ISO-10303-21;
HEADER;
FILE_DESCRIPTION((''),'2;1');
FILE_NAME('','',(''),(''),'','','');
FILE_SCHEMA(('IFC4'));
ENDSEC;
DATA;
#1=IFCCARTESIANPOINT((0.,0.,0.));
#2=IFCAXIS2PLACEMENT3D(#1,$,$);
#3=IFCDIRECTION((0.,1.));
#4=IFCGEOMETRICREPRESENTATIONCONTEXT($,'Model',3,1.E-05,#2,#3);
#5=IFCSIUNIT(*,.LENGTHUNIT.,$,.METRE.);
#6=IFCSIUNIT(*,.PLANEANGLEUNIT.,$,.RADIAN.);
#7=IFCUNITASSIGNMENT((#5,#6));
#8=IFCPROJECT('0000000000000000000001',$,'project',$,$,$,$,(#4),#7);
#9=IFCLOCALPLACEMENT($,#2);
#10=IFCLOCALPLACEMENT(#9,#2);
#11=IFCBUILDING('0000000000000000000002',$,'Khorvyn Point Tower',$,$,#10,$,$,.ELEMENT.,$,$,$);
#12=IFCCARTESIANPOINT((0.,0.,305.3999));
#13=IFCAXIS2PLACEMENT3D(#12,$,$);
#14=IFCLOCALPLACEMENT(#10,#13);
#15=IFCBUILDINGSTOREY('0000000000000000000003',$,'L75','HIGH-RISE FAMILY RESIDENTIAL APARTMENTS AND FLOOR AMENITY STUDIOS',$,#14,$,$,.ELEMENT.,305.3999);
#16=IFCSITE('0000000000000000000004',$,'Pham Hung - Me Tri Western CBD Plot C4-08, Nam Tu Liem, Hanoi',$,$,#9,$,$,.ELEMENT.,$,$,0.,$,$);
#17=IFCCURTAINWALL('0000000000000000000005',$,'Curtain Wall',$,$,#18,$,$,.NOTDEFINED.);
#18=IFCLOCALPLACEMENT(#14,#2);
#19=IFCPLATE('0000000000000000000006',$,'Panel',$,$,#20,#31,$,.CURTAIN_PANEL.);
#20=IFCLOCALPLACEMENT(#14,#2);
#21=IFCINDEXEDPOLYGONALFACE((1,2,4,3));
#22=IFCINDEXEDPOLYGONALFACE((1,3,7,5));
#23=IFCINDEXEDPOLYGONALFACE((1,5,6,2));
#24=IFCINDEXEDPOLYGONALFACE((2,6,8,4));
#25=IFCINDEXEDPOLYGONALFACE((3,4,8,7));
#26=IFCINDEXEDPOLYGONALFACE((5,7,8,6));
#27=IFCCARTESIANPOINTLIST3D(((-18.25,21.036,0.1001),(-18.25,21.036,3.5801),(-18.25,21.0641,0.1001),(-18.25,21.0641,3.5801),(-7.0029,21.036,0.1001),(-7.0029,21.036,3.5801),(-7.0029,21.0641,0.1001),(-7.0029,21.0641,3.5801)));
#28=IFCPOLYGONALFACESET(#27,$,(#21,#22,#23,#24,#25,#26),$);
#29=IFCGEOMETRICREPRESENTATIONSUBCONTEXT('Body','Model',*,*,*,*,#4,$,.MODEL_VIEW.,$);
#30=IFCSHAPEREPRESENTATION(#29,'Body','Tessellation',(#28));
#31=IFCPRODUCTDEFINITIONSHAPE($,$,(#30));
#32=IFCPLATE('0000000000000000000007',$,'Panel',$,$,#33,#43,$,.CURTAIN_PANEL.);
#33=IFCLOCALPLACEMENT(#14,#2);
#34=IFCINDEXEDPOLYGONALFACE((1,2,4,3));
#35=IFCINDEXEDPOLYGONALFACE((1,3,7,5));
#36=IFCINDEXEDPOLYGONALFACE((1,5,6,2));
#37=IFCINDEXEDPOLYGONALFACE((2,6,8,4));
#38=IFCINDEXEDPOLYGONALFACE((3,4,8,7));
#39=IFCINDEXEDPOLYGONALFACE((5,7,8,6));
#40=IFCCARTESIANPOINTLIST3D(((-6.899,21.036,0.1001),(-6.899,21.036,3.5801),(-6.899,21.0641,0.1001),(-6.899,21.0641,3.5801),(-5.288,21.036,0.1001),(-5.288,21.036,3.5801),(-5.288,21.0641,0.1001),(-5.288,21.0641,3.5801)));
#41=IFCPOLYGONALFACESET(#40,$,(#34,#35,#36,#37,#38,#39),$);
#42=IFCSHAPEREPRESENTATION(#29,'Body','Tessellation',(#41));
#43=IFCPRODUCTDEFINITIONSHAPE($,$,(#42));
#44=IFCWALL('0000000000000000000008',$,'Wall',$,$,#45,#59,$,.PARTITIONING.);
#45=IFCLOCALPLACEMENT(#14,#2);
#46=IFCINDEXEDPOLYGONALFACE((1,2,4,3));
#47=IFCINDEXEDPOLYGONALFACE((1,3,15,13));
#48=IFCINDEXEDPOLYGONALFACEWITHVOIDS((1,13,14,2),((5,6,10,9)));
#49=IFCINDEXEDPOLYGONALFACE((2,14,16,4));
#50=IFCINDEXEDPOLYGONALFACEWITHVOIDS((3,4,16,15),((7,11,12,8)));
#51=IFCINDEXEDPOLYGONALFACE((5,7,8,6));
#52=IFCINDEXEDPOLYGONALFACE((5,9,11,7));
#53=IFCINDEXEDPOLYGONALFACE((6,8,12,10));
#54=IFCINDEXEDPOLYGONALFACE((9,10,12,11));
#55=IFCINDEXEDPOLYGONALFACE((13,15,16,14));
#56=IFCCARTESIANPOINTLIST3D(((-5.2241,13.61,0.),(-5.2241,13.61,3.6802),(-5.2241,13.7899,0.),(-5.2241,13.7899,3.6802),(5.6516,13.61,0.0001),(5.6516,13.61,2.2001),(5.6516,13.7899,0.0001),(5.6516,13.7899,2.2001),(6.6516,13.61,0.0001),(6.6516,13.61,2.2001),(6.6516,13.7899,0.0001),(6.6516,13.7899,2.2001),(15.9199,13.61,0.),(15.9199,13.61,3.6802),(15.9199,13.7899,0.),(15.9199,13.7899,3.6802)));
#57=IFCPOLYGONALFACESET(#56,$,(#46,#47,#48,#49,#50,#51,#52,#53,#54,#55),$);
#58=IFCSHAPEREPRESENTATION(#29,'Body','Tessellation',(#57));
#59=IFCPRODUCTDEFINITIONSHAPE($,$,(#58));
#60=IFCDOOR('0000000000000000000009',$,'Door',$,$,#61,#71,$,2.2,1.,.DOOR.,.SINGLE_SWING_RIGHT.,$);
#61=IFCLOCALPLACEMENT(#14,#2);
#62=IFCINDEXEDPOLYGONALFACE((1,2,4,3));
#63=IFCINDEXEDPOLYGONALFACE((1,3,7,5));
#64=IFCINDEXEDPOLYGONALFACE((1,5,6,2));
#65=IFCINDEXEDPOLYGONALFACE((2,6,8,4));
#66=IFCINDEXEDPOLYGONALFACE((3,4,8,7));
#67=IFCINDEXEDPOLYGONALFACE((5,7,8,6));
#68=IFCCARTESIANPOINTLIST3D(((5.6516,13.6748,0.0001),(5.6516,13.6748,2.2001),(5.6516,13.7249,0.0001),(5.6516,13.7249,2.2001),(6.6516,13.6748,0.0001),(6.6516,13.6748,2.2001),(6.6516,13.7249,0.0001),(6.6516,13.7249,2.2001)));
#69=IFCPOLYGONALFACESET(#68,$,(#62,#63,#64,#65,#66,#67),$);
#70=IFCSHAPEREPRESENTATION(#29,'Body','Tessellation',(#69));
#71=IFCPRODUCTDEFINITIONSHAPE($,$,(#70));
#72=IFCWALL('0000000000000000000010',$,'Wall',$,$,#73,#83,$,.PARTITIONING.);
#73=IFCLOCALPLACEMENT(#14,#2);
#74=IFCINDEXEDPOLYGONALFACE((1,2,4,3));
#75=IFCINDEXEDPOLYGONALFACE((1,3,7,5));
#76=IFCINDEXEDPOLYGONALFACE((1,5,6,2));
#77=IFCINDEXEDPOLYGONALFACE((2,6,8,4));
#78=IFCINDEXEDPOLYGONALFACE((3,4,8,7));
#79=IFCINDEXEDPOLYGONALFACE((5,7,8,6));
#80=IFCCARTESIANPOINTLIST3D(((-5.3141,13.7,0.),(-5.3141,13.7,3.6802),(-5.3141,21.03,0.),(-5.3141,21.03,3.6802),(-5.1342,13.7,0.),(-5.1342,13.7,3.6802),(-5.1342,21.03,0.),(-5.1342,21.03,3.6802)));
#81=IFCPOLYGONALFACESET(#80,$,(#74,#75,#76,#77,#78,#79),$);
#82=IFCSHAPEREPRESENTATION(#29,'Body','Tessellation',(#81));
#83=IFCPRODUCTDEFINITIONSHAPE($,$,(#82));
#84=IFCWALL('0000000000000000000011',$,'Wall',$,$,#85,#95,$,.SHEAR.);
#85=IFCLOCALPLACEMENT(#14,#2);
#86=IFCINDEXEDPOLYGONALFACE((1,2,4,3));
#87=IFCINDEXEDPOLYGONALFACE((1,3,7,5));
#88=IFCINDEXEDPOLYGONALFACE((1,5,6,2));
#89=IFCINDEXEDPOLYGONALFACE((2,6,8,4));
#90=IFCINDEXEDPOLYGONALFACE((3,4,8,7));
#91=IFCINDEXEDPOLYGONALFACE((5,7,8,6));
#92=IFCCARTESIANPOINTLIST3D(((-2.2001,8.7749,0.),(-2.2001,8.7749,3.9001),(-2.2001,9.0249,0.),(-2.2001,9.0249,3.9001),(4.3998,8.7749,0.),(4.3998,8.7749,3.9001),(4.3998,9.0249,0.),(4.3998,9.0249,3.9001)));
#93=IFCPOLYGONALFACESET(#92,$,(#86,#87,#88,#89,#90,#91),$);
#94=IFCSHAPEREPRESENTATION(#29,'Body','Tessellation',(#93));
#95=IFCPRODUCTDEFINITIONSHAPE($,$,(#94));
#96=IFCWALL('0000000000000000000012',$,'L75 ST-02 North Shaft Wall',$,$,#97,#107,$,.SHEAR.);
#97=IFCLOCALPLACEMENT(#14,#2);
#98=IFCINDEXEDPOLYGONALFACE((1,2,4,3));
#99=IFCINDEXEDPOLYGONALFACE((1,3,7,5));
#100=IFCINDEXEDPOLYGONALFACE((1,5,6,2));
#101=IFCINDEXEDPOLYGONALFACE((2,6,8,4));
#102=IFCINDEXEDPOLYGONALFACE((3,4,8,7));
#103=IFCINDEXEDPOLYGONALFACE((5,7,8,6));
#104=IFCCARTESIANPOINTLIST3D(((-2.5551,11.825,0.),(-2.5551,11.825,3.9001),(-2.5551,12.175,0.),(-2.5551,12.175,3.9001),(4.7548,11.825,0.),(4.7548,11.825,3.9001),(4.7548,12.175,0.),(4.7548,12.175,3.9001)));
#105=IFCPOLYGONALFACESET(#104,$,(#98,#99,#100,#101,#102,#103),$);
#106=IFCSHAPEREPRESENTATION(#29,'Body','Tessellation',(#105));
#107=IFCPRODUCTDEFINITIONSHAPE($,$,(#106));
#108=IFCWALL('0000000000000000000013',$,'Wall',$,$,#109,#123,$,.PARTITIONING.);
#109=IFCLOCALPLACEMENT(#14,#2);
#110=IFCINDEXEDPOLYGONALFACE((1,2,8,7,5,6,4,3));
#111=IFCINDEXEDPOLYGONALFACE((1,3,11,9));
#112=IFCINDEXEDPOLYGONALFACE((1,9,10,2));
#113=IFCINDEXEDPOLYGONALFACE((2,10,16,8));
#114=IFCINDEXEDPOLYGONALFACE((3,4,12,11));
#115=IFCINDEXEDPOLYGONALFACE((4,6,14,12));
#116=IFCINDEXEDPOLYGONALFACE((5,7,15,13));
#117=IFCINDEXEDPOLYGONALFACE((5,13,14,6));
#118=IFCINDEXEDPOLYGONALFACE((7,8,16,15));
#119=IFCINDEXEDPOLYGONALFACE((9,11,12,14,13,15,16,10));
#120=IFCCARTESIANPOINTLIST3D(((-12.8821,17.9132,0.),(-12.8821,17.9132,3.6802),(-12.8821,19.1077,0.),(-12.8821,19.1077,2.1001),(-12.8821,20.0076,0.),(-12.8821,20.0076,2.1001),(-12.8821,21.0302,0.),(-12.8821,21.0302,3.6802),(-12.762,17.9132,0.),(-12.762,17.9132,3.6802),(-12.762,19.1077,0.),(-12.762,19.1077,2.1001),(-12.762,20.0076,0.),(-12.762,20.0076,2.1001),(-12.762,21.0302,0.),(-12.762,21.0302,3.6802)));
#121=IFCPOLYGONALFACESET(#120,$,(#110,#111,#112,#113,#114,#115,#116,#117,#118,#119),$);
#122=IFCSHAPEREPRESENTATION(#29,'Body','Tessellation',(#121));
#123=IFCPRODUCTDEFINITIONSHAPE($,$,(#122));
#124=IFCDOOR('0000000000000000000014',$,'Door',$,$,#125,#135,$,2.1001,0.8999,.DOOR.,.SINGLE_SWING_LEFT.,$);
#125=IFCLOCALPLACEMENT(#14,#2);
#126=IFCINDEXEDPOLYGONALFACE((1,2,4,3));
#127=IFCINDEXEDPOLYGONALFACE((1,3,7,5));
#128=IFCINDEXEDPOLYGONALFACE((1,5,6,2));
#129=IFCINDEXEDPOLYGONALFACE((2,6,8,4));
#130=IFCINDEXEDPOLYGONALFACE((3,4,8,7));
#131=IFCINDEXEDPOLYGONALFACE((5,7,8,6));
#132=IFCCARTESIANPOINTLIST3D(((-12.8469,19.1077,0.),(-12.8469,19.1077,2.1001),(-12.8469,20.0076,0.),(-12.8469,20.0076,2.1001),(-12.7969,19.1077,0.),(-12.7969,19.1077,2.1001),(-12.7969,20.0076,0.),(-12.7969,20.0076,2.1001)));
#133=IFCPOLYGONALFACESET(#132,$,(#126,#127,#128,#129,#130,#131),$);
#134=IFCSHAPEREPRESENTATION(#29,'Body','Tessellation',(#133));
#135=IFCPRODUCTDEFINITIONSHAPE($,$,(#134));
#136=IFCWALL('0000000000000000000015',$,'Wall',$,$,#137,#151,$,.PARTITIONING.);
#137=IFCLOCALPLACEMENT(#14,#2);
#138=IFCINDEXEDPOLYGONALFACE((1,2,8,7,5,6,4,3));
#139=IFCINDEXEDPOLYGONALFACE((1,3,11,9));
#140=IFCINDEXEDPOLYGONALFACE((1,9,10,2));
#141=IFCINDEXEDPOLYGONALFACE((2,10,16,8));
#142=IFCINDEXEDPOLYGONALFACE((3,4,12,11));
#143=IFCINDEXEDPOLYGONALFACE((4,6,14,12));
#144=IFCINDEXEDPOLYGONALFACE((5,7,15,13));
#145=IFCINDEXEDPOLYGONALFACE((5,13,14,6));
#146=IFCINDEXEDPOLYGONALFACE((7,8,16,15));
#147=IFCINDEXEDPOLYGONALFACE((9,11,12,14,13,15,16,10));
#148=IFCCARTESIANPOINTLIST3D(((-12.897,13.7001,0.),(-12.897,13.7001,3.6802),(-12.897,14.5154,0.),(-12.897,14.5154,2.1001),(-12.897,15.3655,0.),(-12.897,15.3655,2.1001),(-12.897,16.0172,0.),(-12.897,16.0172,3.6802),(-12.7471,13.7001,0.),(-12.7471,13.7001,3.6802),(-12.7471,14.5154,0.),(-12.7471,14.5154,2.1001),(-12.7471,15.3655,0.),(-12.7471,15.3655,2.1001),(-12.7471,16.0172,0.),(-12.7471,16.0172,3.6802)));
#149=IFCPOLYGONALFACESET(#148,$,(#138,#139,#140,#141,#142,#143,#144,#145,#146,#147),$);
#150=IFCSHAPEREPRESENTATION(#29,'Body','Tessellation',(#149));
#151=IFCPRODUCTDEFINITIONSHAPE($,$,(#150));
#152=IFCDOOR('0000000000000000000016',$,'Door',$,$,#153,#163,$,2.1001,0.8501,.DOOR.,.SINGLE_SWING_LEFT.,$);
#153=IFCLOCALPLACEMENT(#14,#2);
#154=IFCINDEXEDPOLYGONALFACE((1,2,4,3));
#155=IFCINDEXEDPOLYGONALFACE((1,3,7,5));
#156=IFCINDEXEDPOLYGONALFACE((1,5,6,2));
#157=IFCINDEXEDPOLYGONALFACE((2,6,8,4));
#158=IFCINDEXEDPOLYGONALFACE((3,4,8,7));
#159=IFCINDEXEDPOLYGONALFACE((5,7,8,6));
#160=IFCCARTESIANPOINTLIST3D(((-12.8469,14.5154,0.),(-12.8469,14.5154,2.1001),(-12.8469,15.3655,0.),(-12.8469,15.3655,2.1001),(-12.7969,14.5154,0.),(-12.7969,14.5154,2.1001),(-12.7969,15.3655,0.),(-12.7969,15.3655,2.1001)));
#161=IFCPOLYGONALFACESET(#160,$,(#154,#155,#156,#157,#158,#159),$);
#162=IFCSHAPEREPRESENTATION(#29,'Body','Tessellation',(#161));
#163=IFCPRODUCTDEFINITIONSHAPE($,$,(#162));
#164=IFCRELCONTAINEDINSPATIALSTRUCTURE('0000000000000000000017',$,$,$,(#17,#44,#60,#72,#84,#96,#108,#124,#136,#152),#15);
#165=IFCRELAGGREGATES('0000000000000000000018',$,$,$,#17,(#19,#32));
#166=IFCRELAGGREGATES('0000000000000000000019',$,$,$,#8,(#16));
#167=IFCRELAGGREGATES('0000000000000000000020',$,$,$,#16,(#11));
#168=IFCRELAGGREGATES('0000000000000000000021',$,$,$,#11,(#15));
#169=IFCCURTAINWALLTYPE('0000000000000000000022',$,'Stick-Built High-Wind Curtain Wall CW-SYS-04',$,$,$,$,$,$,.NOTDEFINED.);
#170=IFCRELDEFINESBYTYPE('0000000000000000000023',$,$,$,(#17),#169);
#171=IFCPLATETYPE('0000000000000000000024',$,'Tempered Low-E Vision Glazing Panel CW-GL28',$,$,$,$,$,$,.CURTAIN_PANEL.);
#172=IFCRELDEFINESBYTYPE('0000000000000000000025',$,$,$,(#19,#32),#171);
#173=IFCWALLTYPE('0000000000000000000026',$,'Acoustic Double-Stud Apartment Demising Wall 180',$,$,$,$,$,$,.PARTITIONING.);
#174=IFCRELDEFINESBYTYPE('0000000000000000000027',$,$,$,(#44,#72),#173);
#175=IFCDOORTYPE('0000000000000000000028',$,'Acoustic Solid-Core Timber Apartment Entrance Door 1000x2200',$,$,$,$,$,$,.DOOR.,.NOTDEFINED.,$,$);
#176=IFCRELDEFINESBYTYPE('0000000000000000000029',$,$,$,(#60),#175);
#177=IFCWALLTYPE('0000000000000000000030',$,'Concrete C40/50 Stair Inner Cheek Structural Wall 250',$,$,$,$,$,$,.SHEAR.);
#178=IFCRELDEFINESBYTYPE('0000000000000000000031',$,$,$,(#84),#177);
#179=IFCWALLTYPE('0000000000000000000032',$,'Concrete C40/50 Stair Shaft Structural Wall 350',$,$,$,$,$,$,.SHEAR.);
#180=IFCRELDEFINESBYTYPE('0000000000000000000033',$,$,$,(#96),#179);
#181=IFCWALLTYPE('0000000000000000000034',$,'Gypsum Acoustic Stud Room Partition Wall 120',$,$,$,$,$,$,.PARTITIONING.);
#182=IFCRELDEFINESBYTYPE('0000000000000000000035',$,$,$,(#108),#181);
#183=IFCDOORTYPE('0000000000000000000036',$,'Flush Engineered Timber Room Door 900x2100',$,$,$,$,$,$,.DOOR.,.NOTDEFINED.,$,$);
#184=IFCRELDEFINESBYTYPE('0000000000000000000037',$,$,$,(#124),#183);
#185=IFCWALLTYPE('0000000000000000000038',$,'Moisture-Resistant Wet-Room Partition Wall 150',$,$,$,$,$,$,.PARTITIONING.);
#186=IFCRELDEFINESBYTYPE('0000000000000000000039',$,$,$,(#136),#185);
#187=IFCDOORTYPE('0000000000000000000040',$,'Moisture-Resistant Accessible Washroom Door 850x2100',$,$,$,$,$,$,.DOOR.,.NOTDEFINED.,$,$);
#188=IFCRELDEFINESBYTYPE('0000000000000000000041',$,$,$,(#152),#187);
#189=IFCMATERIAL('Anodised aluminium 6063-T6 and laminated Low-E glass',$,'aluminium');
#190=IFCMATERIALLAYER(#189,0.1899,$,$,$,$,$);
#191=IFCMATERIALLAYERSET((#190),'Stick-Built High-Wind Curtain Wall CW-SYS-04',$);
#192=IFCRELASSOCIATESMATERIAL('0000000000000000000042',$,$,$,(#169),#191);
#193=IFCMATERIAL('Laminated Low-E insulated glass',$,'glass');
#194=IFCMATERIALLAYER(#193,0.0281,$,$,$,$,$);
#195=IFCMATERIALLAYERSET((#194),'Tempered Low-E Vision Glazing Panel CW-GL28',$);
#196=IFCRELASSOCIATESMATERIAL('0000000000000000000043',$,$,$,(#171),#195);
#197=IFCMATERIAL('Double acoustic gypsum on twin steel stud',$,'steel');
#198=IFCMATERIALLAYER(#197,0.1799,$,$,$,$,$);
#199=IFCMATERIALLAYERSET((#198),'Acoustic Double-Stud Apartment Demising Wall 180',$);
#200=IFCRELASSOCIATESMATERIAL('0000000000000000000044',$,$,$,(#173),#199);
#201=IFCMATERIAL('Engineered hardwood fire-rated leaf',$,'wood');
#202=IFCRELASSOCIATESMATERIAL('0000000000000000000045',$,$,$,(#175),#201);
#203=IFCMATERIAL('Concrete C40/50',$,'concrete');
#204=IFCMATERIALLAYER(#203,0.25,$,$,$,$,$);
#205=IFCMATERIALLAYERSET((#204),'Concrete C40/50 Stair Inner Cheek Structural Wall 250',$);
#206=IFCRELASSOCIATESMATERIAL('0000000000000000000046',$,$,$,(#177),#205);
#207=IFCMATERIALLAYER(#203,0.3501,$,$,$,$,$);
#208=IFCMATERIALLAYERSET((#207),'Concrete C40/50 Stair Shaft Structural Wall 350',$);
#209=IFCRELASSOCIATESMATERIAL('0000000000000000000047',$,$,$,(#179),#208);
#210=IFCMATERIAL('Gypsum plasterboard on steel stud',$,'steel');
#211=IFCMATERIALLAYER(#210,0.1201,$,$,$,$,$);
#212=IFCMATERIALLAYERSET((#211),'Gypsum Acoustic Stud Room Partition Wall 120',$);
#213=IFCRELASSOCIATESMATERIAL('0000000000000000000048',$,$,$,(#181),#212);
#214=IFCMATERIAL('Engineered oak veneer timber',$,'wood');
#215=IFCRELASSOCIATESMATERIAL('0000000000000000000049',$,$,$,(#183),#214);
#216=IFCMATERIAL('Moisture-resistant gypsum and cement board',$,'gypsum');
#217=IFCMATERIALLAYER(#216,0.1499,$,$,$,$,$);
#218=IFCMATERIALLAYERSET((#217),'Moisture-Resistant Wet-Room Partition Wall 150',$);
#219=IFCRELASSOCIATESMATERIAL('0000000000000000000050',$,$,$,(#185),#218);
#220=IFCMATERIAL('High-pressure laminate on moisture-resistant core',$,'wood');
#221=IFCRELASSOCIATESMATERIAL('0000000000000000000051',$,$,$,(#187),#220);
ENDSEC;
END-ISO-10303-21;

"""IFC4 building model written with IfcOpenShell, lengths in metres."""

from ifc_helpers import new_model, si_unit, direction, frame, frame_2d, origin, origin_2d, place, context, subcontext, project, spatial, rectangle, extrude, material, layer, layer_set, type_object, element, fill, aggregate, save


model = new_model("IFC4")

# Units and contexts
model_context = context("Model", 3, precision=1e-05, world=origin(), true_north=direction((0.0, 1.0)))
body_context = subcontext(model_context, "Body", "Model", "MODEL_VIEW")
ifc_project = project(units=[si_unit("LENGTHUNIT", "METRE"), si_unit("PLANEANGLEUNIT", "RADIAN")], contexts=[model_context])

# Site, building, storey
site_placement = place(None, origin())
site = spatial("IfcSite", under=ifc_project, at=site_placement, Name="Pham Hung - Me Tri Western CBD Plot C4-08, Nam Tu Liem, Hanoi", CompositionType="ELEMENT", RefElevation=0.0)
building_placement = place(site_placement, origin())
building = spatial("IfcBuilding", under=site, at=building_placement, Name="Khorvyn Point Tower", CompositionType="ELEMENT")
storey_placement = place(building_placement, frame((0.0, 0.0, 305.3999)))
storey = spatial("IfcBuildingStorey", under=building, at=storey_placement, Name="L75", Description="HIGH-RISE FAMILY RESIDENTIAL APARTMENTS AND FLOOR AMENITY STUDIOS", CompositionType="ELEMENT", Elevation=305.3999)

# Shared definitions
ifc_material_1 = material(Name="Concrete C40/50", Category="concrete")

# Curtain wall
ifc_material_2 = material(Name="Anodised aluminium 6063-T6 and laminated Low-E glass", Category="aluminium")
ifc_layer_1 = layer(ifc_material_2, 0.1899)
ifc_layer_set_1 = layer_set([ifc_layer_1], Name="Stick-Built High-Wind Curtain Wall CW-SYS-04")
curtain_wall_type = type_object("IfcCurtainWallType", Name="Stick-Built High-Wind Curtain Wall CW-SYS-04", PredefinedType="NOTDEFINED", material=ifc_layer_set_1)
curtain_wall_placement = place(storey_placement, origin())
curtain_wall = element("IfcCurtainWall", 1, at=curtain_wall_placement, inside=storey, type_object=curtain_wall_type, Name="Curtain Wall", PredefinedType="NOTDEFINED")

# Plates
ifc_material_3 = material(Name="Laminated Low-E insulated glass", Category="glass")
ifc_layer_2 = layer(ifc_material_3, 0.0281)
ifc_layer_set_2 = layer_set([ifc_layer_2], Name="Tempered Low-E Vision Glazing Panel CW-GL28")
plate_type = type_object("IfcPlateType", Name="Tempered Low-E Vision Glazing Panel CW-GL28", PredefinedType="CURTAIN_PANEL", material=ifc_layer_set_2)
plate_1_placement = place(storey_placement, frame((-12.6265, 21.05, 0.1001), z_axis=(0.0, 0.0, 1.0), x_axis=(1.0, 0.0, 0.0)))
plate_1 = element("IfcPlate", 2, at=plate_1_placement, type_object=plate_type, Name="Panel", PredefinedType="CURTAIN_PANEL", context=body_context, shape_type="SweptSolid", body=[
    extrude(rectangle(XDim=11.2471, YDim=0.0281, at=origin_2d()), origin(), (0.0, 0.0, 1.0), 3.48),
])
plate_2_placement = place(storey_placement, frame((-6.0935, 21.05, 0.1001), z_axis=(0.0, 0.0, 1.0), x_axis=(1.0, 0.0, 0.0)))
plate_2 = element("IfcPlate", 3, at=plate_2_placement, type_object=plate_type, Name="Panel", PredefinedType="CURTAIN_PANEL", context=body_context, shape_type="SweptSolid", body=[
    extrude(rectangle(XDim=1.6111, YDim=0.0281, at=origin_2d()), origin(), (0.0, 0.0, 1.0), 3.48),
])
aggregate(curtain_wall, [plate_1, plate_2])

# Wall, opening, door
ifc_material_4 = material(Name="Double acoustic gypsum on twin steel stud", Category="steel")
ifc_layer_3 = layer(ifc_material_4, 0.1799)
ifc_layer_set_3 = layer_set([ifc_layer_3], Name="Acoustic Double-Stud Apartment Demising Wall 180")
wall_type_1 = type_object("IfcWallType", Name="Acoustic Double-Stud Apartment Demising Wall 180", PredefinedType="PARTITIONING", material=ifc_layer_set_3)
wall_1_placement = place(storey_placement, frame((-5.2241, 13.7, 0.0), z_axis=(0.0, 0.0, 1.0), x_axis=(1.0, 0.0, 0.0)))
wall_1 = element("IfcWall", 4, at=wall_1_placement, inside=storey, type_object=wall_type_1, Name="Wall", PredefinedType="PARTITIONING", context=body_context, shape_type="SweptSolid", body=[
    extrude(rectangle(XDim=21.144, YDim=0.1799, at=frame_2d((10.572, 0.0))), origin(), (0.0, 0.0, 1.0), 3.6802),
])
opening_1_placement = place(wall_1_placement, frame((10.8757, 0.0, 0.0)))
opening_1 = element("IfcOpeningElement", 5, at=opening_1_placement, cuts=wall_1, PredefinedType="OPENING", context=body_context, shape_type="SweptSolid", body=[
    extrude(rectangle(XDim=1.0, YDim=2.2, at=frame_2d((0.5, 1.1001))), frame((0.0, 0.0999, 0.0), z_axis=(0.0, -1.0, 0.0), x_axis=(1.0, 0.0, 0.0)), (0.0, 0.0, 1.0), 0.2),
])
ifc_material_5 = material(Name="Engineered hardwood fire-rated leaf", Category="wood")
door_type_1 = type_object("IfcDoorType", Name="Acoustic Solid-Core Timber Apartment Entrance Door 1000x2200", OperationType="NOTDEFINED", PredefinedType="DOOR", material=ifc_material_5)
door_1_placement = place(opening_1_placement, origin())
door_1 = element("IfcDoor", 6, at=door_1_placement, inside=storey, type_object=door_type_1, Name="Door", OperationType="SINGLE_SWING_RIGHT", OverallHeight=2.2, OverallWidth=1.0, PredefinedType="DOOR", context=body_context, shape_type="SweptSolid", body=[
    extrude(rectangle(XDim=1.0, YDim=2.2, at=frame_2d((0.5, 1.1001))), frame((0.0, 0.0249, 0.0), z_axis=(0.0, -1.0, 0.0), x_axis=(1.0, 0.0, 0.0)), (0.0, 0.0, 1.0), 0.05),
])
fill(opening_1, door_1)

# Walls
wall_2_placement = place(storey_placement, frame((-5.2241, 13.7, 0.0), z_axis=(0.0, 0.0, 1.0), x_axis=(0.0, 1.0, 0.0)))
element("IfcWall", 7, at=wall_2_placement, inside=storey, type_object=wall_type_1, Name="Wall", PredefinedType="PARTITIONING", context=body_context, shape_type="SweptSolid", body=[
    extrude(rectangle(XDim=7.3301, YDim=0.1799, at=frame_2d((3.665, 0.0))), origin(), (0.0, 0.0, 1.0), 3.6802),
])
ifc_layer_4 = layer(ifc_material_1, 0.25)
ifc_layer_set_4 = layer_set([ifc_layer_4], Name="Concrete C40/50 Stair Inner Cheek Structural Wall 250")
wall_type_2 = type_object("IfcWallType", Name="Concrete C40/50 Stair Inner Cheek Structural Wall 250", PredefinedType="SHEAR", material=ifc_layer_set_4)
wall_3_placement = place(storey_placement, frame((-2.2, 8.8999, 0.0), z_axis=(0.0, 0.0, 1.0), x_axis=(1.0, 0.0, 0.0)))
element("IfcWall", 8, at=wall_3_placement, inside=storey, type_object=wall_type_2, Name="Wall", PredefinedType="SHEAR", context=body_context, shape_type="SweptSolid", body=[
    extrude(rectangle(XDim=6.5999, YDim=0.25, at=frame_2d((3.2998, 0.0))), origin(), (0.0, 0.0, 1.0), 3.9001),
])
ifc_layer_5 = layer(ifc_material_1, 0.3501)
ifc_layer_set_5 = layer_set([ifc_layer_5], Name="Concrete C40/50 Stair Shaft Structural Wall 350")
wall_type_3 = type_object("IfcWallType", Name="Concrete C40/50 Stair Shaft Structural Wall 350", PredefinedType="SHEAR", material=ifc_layer_set_5)
wall_4_placement = place(storey_placement, frame((-2.5549, 12.0, 0.0), z_axis=(0.0, 0.0, 1.0), x_axis=(1.0, 0.0, 0.0)))
element("IfcWall", 9, at=wall_4_placement, inside=storey, type_object=wall_type_3, Name="L75 ST-02 North Shaft Wall", PredefinedType="SHEAR", context=body_context, shape_type="SweptSolid", body=[
    extrude(rectangle(XDim=7.3098, YDim=0.3501, at=frame_2d((3.6548, 0.0))), origin(), (0.0, 0.0, 1.0), 3.9001),
])

# Walls, openings, doors
ifc_material_6 = material(Name="Gypsum plasterboard on steel stud", Category="steel")
ifc_layer_6 = layer(ifc_material_6, 0.1201)
ifc_layer_set_6 = layer_set([ifc_layer_6], Name="Gypsum Acoustic Stud Room Partition Wall 120")
wall_type_4 = type_object("IfcWallType", Name="Gypsum Acoustic Stud Room Partition Wall 120", PredefinedType="PARTITIONING", material=ifc_layer_set_6)
wall_5_placement = place(storey_placement, frame((-12.822, 17.9131, 0.0), z_axis=(0.0, 0.0, 1.0), x_axis=(0.0, 1.0, 0.0)))
wall_5 = element("IfcWall", 10, at=wall_5_placement, inside=storey, type_object=wall_type_4, Name="Wall", PredefinedType="PARTITIONING", context=body_context, shape_type="SweptSolid", body=[
    extrude(rectangle(XDim=3.1169, YDim=0.1201, at=frame_2d((1.5586, 0.0))), origin(), (0.0, 0.0, 1.0), 3.6802),
])
opening_2_placement = place(wall_5_placement, frame((1.1946, 0.0, 0.0)))
opening_2 = element("IfcOpeningElement", 11, at=opening_2_placement, cuts=wall_5, PredefinedType="OPENING", context=body_context, shape_type="SweptSolid", body=[
    extrude(rectangle(XDim=0.8999, YDim=2.1001, at=frame_2d((0.45, 1.05))), frame((0.0, 0.0701, 0.0), z_axis=(0.0, -1.0, 0.0), x_axis=(1.0, 0.0, 0.0)), (0.0, 0.0, 1.0), 0.1401),
])
ifc_material_7 = material(Name="Engineered oak veneer timber", Category="wood")
door_type_2 = type_object("IfcDoorType", Name="Flush Engineered Timber Room Door 900x2100", OperationType="NOTDEFINED", PredefinedType="DOOR", material=ifc_material_7)
door_2_placement = place(opening_2_placement, origin())
door_2 = element("IfcDoor", 12, at=door_2_placement, inside=storey, type_object=door_type_2, Name="Door", OperationType="SINGLE_SWING_LEFT", OverallHeight=2.1001, OverallWidth=0.8999, PredefinedType="DOOR", context=body_context, shape_type="SweptSolid", body=[
    extrude(rectangle(XDim=0.8999, YDim=2.1001, at=frame_2d((0.45, 1.05))), frame((0.0, 0.0249, 0.0), z_axis=(0.0, -1.0, 0.0), x_axis=(1.0, 0.0, 0.0)), (0.0, 0.0, 1.0), 0.05),
])
fill(opening_2, door_2)
ifc_material_8 = material(Name="Moisture-resistant gypsum and cement board", Category="gypsum")
ifc_layer_7 = layer(ifc_material_8, 0.1499)
ifc_layer_set_7 = layer_set([ifc_layer_7], Name="Moisture-Resistant Wet-Room Partition Wall 150")
wall_type_5 = type_object("IfcWallType", Name="Moisture-Resistant Wet-Room Partition Wall 150", PredefinedType="PARTITIONING", material=ifc_layer_set_7)
wall_6_placement = place(storey_placement, frame((-12.822, 13.7, 0.0), z_axis=(0.0, 0.0, 1.0), x_axis=(0.0, 1.0, 0.0)))
wall_6 = element("IfcWall", 13, at=wall_6_placement, inside=storey, type_object=wall_type_5, Name="Wall", PredefinedType="PARTITIONING", context=body_context, shape_type="SweptSolid", body=[
    extrude(rectangle(XDim=2.3171, YDim=0.1499, at=frame_2d((1.1587, 0.0))), origin(), (0.0, 0.0, 1.0), 3.6802),
])
opening_3_placement = place(wall_6_placement, frame((0.8154, 0.0, 0.0)))
opening_3 = element("IfcOpeningElement", 14, at=opening_3_placement, cuts=wall_6, PredefinedType="OPENING", context=body_context, shape_type="SweptSolid", body=[
    extrude(rectangle(XDim=0.8501, YDim=2.1001, at=frame_2d((0.425, 1.05))), frame((0.0, 0.085, 0.0), z_axis=(0.0, -1.0, 0.0), x_axis=(1.0, 0.0, 0.0)), (0.0, 0.0, 1.0), 0.1699),
])
ifc_material_9 = material(Name="High-pressure laminate on moisture-resistant core", Category="wood")
door_type_3 = type_object("IfcDoorType", Name="Moisture-Resistant Accessible Washroom Door 850x2100", OperationType="NOTDEFINED", PredefinedType="DOOR", material=ifc_material_9)
door_3_placement = place(opening_3_placement, origin())
door_3 = element("IfcDoor", 15, at=door_3_placement, inside=storey, type_object=door_type_3, Name="Door", OperationType="SINGLE_SWING_LEFT", OverallHeight=2.1001, OverallWidth=0.8501, PredefinedType="DOOR", context=body_context, shape_type="SweptSolid", body=[
    extrude(rectangle(XDim=0.8501, YDim=2.1001, at=frame_2d((0.425, 1.05))), frame((0.0, 0.0249, 0.0), z_axis=(0.0, -1.0, 0.0), x_axis=(1.0, 0.0, 0.0)), (0.0, 0.0, 1.0), 0.05),
])
fill(opening_3, door_3)

save(model, "model.ifc")
